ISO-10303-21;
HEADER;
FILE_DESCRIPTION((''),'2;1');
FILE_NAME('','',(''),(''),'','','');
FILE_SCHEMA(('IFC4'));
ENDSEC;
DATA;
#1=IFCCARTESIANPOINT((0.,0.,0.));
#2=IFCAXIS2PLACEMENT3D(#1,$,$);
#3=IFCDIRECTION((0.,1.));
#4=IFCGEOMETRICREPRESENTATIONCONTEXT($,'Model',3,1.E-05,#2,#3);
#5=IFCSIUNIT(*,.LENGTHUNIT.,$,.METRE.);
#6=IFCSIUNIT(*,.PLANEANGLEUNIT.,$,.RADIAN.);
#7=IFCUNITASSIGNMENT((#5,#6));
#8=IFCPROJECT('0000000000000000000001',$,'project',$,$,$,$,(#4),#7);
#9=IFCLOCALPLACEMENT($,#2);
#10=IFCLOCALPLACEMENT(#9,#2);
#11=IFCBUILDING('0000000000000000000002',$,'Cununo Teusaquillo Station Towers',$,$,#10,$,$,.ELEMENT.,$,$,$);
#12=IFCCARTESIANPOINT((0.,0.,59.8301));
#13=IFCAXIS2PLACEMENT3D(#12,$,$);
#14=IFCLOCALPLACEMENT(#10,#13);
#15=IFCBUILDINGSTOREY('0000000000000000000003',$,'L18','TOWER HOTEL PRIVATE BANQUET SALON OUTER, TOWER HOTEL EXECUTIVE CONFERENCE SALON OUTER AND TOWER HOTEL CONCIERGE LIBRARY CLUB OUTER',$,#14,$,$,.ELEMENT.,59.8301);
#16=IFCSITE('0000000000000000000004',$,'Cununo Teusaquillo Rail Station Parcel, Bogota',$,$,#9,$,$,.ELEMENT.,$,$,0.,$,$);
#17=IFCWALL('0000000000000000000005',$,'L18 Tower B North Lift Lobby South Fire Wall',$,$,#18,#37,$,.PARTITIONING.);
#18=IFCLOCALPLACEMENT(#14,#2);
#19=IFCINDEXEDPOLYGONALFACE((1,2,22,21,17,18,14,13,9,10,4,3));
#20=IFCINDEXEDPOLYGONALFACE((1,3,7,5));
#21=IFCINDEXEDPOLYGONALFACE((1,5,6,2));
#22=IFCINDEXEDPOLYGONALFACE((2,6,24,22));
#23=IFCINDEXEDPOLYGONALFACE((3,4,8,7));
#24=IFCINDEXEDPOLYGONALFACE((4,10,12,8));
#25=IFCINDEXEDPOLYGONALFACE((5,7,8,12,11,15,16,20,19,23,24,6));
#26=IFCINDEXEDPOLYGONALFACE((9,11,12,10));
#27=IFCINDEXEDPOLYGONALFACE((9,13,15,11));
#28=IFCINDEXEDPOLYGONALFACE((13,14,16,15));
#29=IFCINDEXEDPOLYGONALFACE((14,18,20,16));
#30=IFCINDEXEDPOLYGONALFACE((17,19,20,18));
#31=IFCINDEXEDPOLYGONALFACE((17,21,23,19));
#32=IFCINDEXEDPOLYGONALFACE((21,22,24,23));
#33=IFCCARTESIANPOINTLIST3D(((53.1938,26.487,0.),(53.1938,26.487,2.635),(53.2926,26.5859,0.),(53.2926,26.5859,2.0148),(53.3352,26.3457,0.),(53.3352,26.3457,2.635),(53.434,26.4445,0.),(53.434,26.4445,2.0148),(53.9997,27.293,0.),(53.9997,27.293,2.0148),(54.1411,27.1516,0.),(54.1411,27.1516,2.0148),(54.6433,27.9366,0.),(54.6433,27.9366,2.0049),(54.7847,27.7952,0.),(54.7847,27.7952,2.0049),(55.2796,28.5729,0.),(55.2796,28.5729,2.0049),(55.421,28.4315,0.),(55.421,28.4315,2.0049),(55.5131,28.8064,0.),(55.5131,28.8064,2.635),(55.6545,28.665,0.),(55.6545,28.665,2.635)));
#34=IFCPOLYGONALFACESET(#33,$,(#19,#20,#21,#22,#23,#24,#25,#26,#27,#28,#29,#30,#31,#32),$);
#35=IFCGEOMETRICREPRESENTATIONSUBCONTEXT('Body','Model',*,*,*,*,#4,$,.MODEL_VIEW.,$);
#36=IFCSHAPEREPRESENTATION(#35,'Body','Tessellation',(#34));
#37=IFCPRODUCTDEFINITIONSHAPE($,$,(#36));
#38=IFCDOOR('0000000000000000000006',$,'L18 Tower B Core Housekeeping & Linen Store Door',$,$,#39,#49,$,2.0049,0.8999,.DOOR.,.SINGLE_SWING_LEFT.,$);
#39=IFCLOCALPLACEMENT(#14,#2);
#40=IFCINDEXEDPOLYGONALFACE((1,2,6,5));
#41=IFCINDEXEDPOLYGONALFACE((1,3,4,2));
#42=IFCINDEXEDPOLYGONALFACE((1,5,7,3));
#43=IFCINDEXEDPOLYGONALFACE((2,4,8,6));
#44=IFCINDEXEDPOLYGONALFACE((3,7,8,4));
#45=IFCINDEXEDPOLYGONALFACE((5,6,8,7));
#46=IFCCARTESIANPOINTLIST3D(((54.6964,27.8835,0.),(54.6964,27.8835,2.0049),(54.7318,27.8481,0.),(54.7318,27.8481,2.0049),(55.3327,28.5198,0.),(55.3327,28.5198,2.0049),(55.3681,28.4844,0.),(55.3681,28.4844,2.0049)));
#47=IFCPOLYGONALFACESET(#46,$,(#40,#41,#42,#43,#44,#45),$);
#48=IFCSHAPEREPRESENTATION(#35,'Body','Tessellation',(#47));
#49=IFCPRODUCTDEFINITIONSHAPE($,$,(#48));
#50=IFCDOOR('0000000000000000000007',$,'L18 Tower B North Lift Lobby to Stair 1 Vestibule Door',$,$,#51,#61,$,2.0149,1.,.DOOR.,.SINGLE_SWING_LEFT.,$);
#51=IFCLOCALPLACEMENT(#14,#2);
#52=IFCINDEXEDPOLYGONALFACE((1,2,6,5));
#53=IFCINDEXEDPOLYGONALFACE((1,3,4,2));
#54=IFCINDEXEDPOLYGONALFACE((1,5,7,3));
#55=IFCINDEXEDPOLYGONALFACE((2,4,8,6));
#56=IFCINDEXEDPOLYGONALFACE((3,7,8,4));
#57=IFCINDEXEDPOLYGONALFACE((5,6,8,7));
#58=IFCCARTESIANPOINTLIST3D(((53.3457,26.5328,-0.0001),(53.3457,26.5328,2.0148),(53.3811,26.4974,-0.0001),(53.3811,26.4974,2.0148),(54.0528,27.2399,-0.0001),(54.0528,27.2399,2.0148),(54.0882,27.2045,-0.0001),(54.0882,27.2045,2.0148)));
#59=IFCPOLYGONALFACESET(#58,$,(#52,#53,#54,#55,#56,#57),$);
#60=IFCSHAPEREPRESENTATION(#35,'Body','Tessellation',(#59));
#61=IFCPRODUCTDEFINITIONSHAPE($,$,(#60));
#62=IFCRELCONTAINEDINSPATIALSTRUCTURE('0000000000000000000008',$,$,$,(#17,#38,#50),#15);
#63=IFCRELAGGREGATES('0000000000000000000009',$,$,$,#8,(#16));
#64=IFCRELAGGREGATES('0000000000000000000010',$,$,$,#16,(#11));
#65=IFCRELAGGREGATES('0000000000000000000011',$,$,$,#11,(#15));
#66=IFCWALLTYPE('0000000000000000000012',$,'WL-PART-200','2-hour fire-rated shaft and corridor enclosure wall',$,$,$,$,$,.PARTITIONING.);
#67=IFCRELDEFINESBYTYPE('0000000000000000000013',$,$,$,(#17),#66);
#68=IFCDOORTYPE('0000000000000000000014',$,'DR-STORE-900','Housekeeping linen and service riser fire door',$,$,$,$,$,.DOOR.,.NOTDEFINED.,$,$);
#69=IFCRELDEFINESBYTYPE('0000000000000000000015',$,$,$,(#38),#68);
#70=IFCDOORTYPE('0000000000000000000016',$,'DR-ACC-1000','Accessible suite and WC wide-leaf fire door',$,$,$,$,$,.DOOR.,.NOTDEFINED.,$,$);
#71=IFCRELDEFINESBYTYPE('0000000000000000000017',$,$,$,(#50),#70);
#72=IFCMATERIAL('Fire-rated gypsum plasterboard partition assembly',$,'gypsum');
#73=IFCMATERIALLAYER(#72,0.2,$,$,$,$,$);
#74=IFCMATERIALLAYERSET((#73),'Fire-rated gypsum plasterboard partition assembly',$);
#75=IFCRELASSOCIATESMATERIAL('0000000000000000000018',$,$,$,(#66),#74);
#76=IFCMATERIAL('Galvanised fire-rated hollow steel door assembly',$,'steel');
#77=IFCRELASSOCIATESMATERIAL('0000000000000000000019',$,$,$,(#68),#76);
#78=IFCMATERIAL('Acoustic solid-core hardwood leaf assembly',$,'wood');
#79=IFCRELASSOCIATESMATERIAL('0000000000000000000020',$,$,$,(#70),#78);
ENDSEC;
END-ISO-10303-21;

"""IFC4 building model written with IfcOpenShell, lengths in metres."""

from ifc_helpers import new_model, si_unit, direction, frame, frame_2d, origin, place, context, subcontext, project, spatial, rectangle, extrude, source, transform, mapped, material, layer, layer_set, type_object, element, fill, save


model = new_model("IFC4")

# Units and contexts
model_context = context("Model", 3, precision=1e-05, world=origin(), true_north=direction((0.0, 1.0)))
body_context = subcontext(model_context, "Body", "Model", "MODEL_VIEW")
ifc_project = project(units=[si_unit("LENGTHUNIT", "METRE"), si_unit("PLANEANGLEUNIT", "RADIAN")], contexts=[model_context])

# Site, building, storey
site_placement = place(None, origin())
site = spatial("IfcSite", under=ifc_project, at=site_placement, Name="Cununo Teusaquillo Rail Station Parcel, Bogota", CompositionType="ELEMENT", RefElevation=0.0)
building_placement = place(site_placement, origin())
building = spatial("IfcBuilding", under=site, at=building_placement, Name="Cununo Teusaquillo Station Towers", CompositionType="ELEMENT")
storey_placement = place(building_placement, frame((0.0, 0.0, 59.8301)))
storey = spatial("IfcBuildingStorey", under=building, at=storey_placement, Name="L18", Description="TOWER HOTEL PRIVATE BANQUET SALON OUTER, TOWER HOTEL EXECUTIVE CONFERENCE SALON OUTER AND TOWER HOTEL CONCIERGE LIBRARY CLUB OUTER", CompositionType="ELEMENT", Elevation=59.8301)

# Wall, openings, doors
ifc_material_1 = material(Name="Fire-rated gypsum plasterboard partition assembly", Category="gypsum")
ifc_layer_1 = layer(ifc_material_1, 0.2)
ifc_layer_set_1 = layer_set([ifc_layer_1], Name="Fire-rated gypsum plasterboard partition assembly")
wall_type_1 = type_object("IfcWallType", Name="WL-PART-200", Description="2-hour fire-rated shaft and corridor enclosure wall", PredefinedType="PARTITIONING", material=ifc_layer_set_1)
wall_1_placement = place(storey_placement, frame((53.2644, 26.4163, 0.0), z_axis=(0.0, 0.0, 1.0), x_axis=(0.707107, 0.707107, 0.0)))
wall_1 = element("IfcWall", 1, at=wall_1_placement, inside=storey, type_object=wall_type_1, Name="L18 Tower B North Lift Lobby South Fire Wall", PredefinedType="PARTITIONING", context=body_context, shape_type="SweptSolid", body=[
    extrude(rectangle(XDim=3.28, YDim=0.2, at=frame_2d((1.6401, 0.0))), origin(), (0.0, 0.0, 1.0), 2.635),
])
shared_shape_1 = source(origin(), body_context, "Body", "SweptSolid", [
    extrude(rectangle(XDim=1.0, YDim=2.0149, at=frame_2d((0.5, 1.0073))), frame((0.0, 0.1099, 0.0), z_axis=(0.0, -1.0, 0.0), x_axis=(1.0, 0.0, 0.0)), (0.0, 0.0, 1.0), 0.22),
])
opening_1_placement = place(wall_1_placement, frame((0.1399, 0.0, 0.0)))
opening_1 = element("IfcOpeningElement", 2, at=opening_1_placement, cuts=wall_1, PredefinedType="OPENING", context=body_context, shape_type="MappedRepresentation", body=[
    mapped(shared_shape_1, transform((0.0, 0.0, 0.0), x_axis=(1.0, 0.0, 0.0), y_axis=(0.0, 1.0, 0.0), z_axis=(0.0, 0.0, 1.0), scale=1.0)),
])
shared_shape_2 = source(origin(), body_context, "Body", "SweptSolid", [
    extrude(rectangle(XDim=0.8999, YDim=2.0049, at=frame_2d((0.45, 1.0024))), frame((0.0, 0.1099, 0.0), z_axis=(0.0, -1.0, 0.0), x_axis=(1.0, 0.0, 0.0)), (0.0, 0.0, 1.0), 0.22),
])
opening_2_placement = place(wall_1_placement, frame((2.05, 0.0, 0.0)))
opening_2 = element("IfcOpeningElement", 3, at=opening_2_placement, cuts=wall_1, PredefinedType="OPENING", context=body_context, shape_type="MappedRepresentation", body=[
    mapped(shared_shape_2, transform((0.0, 0.0, 0.0), x_axis=(1.0, 0.0, 0.0), y_axis=(0.0, 1.0, 0.0), z_axis=(0.0, 0.0, 1.0), scale=1.0)),
])
ifc_material_2 = material(Name="Galvanised fire-rated hollow steel door assembly", Category="steel")
door_type_1 = type_object("IfcDoorType", Name="DR-STORE-900", Description="Housekeeping linen and service riser fire door", OperationType="NOTDEFINED", PredefinedType="DOOR", material=ifc_material_2)
shared_shape_3 = source(origin(), body_context, "Body", "SweptSolid", [
    extrude(rectangle(XDim=0.8999, YDim=2.0049, at=frame_2d((0.45, 1.0024))), frame((0.0, 0.0249, 0.0), z_axis=(0.0, -1.0, 0.0), x_axis=(1.0, 0.0, 0.0)), (0.0, 0.0, 1.0), 0.05),
])
door_1_placement = place(opening_2_placement, origin())
door_1 = element("IfcDoor", 4, at=door_1_placement, inside=storey, type_object=door_type_1, Name="L18 Tower B Core Housekeeping & Linen Store Door", OperationType="SINGLE_SWING_LEFT", OverallHeight=2.0049, OverallWidth=0.8999, PredefinedType="DOOR", context=body_context, shape_type="MappedRepresentation", body=[
    mapped(shared_shape_3, transform((0.0, 0.0, 0.0), x_axis=(1.0, 0.0, 0.0), y_axis=(0.0, 1.0, 0.0), z_axis=(0.0, 0.0, 1.0), scale=1.0)),
])
fill(opening_2, door_1)
ifc_material_3 = material(Name="Acoustic solid-core hardwood leaf assembly", Category="wood")
door_type_2 = type_object("IfcDoorType", Name="DR-ACC-1000", Description="Accessible suite and WC wide-leaf fire door", OperationType="NOTDEFINED", PredefinedType="DOOR", material=ifc_material_3)
shared_shape_4 = source(origin(), body_context, "Body", "SweptSolid", [
    extrude(rectangle(XDim=1.0, YDim=2.0149, at=frame_2d((0.5, 1.0073))), frame((0.0, 0.0249, 0.0), z_axis=(0.0, -1.0, 0.0), x_axis=(1.0, 0.0, 0.0)), (0.0, 0.0, 1.0), 0.05),
])
door_2_placement = place(opening_1_placement, origin())
door_2 = element("IfcDoor", 5, at=door_2_placement, inside=storey, type_object=door_type_2, Name="L18 Tower B North Lift Lobby to Stair 1 Vestibule Door", OperationType="SINGLE_SWING_LEFT", OverallHeight=2.0149, OverallWidth=1.0, PredefinedType="DOOR", context=body_context, shape_type="MappedRepresentation", body=[
    mapped(shared_shape_4, transform((0.0, 0.0, 0.0), x_axis=(1.0, 0.0, 0.0), y_axis=(0.0, 1.0, 0.0), z_axis=(0.0, 0.0, 1.0), scale=1.0)),
])
fill(opening_1, door_2)

save(model, "model.ifc")
